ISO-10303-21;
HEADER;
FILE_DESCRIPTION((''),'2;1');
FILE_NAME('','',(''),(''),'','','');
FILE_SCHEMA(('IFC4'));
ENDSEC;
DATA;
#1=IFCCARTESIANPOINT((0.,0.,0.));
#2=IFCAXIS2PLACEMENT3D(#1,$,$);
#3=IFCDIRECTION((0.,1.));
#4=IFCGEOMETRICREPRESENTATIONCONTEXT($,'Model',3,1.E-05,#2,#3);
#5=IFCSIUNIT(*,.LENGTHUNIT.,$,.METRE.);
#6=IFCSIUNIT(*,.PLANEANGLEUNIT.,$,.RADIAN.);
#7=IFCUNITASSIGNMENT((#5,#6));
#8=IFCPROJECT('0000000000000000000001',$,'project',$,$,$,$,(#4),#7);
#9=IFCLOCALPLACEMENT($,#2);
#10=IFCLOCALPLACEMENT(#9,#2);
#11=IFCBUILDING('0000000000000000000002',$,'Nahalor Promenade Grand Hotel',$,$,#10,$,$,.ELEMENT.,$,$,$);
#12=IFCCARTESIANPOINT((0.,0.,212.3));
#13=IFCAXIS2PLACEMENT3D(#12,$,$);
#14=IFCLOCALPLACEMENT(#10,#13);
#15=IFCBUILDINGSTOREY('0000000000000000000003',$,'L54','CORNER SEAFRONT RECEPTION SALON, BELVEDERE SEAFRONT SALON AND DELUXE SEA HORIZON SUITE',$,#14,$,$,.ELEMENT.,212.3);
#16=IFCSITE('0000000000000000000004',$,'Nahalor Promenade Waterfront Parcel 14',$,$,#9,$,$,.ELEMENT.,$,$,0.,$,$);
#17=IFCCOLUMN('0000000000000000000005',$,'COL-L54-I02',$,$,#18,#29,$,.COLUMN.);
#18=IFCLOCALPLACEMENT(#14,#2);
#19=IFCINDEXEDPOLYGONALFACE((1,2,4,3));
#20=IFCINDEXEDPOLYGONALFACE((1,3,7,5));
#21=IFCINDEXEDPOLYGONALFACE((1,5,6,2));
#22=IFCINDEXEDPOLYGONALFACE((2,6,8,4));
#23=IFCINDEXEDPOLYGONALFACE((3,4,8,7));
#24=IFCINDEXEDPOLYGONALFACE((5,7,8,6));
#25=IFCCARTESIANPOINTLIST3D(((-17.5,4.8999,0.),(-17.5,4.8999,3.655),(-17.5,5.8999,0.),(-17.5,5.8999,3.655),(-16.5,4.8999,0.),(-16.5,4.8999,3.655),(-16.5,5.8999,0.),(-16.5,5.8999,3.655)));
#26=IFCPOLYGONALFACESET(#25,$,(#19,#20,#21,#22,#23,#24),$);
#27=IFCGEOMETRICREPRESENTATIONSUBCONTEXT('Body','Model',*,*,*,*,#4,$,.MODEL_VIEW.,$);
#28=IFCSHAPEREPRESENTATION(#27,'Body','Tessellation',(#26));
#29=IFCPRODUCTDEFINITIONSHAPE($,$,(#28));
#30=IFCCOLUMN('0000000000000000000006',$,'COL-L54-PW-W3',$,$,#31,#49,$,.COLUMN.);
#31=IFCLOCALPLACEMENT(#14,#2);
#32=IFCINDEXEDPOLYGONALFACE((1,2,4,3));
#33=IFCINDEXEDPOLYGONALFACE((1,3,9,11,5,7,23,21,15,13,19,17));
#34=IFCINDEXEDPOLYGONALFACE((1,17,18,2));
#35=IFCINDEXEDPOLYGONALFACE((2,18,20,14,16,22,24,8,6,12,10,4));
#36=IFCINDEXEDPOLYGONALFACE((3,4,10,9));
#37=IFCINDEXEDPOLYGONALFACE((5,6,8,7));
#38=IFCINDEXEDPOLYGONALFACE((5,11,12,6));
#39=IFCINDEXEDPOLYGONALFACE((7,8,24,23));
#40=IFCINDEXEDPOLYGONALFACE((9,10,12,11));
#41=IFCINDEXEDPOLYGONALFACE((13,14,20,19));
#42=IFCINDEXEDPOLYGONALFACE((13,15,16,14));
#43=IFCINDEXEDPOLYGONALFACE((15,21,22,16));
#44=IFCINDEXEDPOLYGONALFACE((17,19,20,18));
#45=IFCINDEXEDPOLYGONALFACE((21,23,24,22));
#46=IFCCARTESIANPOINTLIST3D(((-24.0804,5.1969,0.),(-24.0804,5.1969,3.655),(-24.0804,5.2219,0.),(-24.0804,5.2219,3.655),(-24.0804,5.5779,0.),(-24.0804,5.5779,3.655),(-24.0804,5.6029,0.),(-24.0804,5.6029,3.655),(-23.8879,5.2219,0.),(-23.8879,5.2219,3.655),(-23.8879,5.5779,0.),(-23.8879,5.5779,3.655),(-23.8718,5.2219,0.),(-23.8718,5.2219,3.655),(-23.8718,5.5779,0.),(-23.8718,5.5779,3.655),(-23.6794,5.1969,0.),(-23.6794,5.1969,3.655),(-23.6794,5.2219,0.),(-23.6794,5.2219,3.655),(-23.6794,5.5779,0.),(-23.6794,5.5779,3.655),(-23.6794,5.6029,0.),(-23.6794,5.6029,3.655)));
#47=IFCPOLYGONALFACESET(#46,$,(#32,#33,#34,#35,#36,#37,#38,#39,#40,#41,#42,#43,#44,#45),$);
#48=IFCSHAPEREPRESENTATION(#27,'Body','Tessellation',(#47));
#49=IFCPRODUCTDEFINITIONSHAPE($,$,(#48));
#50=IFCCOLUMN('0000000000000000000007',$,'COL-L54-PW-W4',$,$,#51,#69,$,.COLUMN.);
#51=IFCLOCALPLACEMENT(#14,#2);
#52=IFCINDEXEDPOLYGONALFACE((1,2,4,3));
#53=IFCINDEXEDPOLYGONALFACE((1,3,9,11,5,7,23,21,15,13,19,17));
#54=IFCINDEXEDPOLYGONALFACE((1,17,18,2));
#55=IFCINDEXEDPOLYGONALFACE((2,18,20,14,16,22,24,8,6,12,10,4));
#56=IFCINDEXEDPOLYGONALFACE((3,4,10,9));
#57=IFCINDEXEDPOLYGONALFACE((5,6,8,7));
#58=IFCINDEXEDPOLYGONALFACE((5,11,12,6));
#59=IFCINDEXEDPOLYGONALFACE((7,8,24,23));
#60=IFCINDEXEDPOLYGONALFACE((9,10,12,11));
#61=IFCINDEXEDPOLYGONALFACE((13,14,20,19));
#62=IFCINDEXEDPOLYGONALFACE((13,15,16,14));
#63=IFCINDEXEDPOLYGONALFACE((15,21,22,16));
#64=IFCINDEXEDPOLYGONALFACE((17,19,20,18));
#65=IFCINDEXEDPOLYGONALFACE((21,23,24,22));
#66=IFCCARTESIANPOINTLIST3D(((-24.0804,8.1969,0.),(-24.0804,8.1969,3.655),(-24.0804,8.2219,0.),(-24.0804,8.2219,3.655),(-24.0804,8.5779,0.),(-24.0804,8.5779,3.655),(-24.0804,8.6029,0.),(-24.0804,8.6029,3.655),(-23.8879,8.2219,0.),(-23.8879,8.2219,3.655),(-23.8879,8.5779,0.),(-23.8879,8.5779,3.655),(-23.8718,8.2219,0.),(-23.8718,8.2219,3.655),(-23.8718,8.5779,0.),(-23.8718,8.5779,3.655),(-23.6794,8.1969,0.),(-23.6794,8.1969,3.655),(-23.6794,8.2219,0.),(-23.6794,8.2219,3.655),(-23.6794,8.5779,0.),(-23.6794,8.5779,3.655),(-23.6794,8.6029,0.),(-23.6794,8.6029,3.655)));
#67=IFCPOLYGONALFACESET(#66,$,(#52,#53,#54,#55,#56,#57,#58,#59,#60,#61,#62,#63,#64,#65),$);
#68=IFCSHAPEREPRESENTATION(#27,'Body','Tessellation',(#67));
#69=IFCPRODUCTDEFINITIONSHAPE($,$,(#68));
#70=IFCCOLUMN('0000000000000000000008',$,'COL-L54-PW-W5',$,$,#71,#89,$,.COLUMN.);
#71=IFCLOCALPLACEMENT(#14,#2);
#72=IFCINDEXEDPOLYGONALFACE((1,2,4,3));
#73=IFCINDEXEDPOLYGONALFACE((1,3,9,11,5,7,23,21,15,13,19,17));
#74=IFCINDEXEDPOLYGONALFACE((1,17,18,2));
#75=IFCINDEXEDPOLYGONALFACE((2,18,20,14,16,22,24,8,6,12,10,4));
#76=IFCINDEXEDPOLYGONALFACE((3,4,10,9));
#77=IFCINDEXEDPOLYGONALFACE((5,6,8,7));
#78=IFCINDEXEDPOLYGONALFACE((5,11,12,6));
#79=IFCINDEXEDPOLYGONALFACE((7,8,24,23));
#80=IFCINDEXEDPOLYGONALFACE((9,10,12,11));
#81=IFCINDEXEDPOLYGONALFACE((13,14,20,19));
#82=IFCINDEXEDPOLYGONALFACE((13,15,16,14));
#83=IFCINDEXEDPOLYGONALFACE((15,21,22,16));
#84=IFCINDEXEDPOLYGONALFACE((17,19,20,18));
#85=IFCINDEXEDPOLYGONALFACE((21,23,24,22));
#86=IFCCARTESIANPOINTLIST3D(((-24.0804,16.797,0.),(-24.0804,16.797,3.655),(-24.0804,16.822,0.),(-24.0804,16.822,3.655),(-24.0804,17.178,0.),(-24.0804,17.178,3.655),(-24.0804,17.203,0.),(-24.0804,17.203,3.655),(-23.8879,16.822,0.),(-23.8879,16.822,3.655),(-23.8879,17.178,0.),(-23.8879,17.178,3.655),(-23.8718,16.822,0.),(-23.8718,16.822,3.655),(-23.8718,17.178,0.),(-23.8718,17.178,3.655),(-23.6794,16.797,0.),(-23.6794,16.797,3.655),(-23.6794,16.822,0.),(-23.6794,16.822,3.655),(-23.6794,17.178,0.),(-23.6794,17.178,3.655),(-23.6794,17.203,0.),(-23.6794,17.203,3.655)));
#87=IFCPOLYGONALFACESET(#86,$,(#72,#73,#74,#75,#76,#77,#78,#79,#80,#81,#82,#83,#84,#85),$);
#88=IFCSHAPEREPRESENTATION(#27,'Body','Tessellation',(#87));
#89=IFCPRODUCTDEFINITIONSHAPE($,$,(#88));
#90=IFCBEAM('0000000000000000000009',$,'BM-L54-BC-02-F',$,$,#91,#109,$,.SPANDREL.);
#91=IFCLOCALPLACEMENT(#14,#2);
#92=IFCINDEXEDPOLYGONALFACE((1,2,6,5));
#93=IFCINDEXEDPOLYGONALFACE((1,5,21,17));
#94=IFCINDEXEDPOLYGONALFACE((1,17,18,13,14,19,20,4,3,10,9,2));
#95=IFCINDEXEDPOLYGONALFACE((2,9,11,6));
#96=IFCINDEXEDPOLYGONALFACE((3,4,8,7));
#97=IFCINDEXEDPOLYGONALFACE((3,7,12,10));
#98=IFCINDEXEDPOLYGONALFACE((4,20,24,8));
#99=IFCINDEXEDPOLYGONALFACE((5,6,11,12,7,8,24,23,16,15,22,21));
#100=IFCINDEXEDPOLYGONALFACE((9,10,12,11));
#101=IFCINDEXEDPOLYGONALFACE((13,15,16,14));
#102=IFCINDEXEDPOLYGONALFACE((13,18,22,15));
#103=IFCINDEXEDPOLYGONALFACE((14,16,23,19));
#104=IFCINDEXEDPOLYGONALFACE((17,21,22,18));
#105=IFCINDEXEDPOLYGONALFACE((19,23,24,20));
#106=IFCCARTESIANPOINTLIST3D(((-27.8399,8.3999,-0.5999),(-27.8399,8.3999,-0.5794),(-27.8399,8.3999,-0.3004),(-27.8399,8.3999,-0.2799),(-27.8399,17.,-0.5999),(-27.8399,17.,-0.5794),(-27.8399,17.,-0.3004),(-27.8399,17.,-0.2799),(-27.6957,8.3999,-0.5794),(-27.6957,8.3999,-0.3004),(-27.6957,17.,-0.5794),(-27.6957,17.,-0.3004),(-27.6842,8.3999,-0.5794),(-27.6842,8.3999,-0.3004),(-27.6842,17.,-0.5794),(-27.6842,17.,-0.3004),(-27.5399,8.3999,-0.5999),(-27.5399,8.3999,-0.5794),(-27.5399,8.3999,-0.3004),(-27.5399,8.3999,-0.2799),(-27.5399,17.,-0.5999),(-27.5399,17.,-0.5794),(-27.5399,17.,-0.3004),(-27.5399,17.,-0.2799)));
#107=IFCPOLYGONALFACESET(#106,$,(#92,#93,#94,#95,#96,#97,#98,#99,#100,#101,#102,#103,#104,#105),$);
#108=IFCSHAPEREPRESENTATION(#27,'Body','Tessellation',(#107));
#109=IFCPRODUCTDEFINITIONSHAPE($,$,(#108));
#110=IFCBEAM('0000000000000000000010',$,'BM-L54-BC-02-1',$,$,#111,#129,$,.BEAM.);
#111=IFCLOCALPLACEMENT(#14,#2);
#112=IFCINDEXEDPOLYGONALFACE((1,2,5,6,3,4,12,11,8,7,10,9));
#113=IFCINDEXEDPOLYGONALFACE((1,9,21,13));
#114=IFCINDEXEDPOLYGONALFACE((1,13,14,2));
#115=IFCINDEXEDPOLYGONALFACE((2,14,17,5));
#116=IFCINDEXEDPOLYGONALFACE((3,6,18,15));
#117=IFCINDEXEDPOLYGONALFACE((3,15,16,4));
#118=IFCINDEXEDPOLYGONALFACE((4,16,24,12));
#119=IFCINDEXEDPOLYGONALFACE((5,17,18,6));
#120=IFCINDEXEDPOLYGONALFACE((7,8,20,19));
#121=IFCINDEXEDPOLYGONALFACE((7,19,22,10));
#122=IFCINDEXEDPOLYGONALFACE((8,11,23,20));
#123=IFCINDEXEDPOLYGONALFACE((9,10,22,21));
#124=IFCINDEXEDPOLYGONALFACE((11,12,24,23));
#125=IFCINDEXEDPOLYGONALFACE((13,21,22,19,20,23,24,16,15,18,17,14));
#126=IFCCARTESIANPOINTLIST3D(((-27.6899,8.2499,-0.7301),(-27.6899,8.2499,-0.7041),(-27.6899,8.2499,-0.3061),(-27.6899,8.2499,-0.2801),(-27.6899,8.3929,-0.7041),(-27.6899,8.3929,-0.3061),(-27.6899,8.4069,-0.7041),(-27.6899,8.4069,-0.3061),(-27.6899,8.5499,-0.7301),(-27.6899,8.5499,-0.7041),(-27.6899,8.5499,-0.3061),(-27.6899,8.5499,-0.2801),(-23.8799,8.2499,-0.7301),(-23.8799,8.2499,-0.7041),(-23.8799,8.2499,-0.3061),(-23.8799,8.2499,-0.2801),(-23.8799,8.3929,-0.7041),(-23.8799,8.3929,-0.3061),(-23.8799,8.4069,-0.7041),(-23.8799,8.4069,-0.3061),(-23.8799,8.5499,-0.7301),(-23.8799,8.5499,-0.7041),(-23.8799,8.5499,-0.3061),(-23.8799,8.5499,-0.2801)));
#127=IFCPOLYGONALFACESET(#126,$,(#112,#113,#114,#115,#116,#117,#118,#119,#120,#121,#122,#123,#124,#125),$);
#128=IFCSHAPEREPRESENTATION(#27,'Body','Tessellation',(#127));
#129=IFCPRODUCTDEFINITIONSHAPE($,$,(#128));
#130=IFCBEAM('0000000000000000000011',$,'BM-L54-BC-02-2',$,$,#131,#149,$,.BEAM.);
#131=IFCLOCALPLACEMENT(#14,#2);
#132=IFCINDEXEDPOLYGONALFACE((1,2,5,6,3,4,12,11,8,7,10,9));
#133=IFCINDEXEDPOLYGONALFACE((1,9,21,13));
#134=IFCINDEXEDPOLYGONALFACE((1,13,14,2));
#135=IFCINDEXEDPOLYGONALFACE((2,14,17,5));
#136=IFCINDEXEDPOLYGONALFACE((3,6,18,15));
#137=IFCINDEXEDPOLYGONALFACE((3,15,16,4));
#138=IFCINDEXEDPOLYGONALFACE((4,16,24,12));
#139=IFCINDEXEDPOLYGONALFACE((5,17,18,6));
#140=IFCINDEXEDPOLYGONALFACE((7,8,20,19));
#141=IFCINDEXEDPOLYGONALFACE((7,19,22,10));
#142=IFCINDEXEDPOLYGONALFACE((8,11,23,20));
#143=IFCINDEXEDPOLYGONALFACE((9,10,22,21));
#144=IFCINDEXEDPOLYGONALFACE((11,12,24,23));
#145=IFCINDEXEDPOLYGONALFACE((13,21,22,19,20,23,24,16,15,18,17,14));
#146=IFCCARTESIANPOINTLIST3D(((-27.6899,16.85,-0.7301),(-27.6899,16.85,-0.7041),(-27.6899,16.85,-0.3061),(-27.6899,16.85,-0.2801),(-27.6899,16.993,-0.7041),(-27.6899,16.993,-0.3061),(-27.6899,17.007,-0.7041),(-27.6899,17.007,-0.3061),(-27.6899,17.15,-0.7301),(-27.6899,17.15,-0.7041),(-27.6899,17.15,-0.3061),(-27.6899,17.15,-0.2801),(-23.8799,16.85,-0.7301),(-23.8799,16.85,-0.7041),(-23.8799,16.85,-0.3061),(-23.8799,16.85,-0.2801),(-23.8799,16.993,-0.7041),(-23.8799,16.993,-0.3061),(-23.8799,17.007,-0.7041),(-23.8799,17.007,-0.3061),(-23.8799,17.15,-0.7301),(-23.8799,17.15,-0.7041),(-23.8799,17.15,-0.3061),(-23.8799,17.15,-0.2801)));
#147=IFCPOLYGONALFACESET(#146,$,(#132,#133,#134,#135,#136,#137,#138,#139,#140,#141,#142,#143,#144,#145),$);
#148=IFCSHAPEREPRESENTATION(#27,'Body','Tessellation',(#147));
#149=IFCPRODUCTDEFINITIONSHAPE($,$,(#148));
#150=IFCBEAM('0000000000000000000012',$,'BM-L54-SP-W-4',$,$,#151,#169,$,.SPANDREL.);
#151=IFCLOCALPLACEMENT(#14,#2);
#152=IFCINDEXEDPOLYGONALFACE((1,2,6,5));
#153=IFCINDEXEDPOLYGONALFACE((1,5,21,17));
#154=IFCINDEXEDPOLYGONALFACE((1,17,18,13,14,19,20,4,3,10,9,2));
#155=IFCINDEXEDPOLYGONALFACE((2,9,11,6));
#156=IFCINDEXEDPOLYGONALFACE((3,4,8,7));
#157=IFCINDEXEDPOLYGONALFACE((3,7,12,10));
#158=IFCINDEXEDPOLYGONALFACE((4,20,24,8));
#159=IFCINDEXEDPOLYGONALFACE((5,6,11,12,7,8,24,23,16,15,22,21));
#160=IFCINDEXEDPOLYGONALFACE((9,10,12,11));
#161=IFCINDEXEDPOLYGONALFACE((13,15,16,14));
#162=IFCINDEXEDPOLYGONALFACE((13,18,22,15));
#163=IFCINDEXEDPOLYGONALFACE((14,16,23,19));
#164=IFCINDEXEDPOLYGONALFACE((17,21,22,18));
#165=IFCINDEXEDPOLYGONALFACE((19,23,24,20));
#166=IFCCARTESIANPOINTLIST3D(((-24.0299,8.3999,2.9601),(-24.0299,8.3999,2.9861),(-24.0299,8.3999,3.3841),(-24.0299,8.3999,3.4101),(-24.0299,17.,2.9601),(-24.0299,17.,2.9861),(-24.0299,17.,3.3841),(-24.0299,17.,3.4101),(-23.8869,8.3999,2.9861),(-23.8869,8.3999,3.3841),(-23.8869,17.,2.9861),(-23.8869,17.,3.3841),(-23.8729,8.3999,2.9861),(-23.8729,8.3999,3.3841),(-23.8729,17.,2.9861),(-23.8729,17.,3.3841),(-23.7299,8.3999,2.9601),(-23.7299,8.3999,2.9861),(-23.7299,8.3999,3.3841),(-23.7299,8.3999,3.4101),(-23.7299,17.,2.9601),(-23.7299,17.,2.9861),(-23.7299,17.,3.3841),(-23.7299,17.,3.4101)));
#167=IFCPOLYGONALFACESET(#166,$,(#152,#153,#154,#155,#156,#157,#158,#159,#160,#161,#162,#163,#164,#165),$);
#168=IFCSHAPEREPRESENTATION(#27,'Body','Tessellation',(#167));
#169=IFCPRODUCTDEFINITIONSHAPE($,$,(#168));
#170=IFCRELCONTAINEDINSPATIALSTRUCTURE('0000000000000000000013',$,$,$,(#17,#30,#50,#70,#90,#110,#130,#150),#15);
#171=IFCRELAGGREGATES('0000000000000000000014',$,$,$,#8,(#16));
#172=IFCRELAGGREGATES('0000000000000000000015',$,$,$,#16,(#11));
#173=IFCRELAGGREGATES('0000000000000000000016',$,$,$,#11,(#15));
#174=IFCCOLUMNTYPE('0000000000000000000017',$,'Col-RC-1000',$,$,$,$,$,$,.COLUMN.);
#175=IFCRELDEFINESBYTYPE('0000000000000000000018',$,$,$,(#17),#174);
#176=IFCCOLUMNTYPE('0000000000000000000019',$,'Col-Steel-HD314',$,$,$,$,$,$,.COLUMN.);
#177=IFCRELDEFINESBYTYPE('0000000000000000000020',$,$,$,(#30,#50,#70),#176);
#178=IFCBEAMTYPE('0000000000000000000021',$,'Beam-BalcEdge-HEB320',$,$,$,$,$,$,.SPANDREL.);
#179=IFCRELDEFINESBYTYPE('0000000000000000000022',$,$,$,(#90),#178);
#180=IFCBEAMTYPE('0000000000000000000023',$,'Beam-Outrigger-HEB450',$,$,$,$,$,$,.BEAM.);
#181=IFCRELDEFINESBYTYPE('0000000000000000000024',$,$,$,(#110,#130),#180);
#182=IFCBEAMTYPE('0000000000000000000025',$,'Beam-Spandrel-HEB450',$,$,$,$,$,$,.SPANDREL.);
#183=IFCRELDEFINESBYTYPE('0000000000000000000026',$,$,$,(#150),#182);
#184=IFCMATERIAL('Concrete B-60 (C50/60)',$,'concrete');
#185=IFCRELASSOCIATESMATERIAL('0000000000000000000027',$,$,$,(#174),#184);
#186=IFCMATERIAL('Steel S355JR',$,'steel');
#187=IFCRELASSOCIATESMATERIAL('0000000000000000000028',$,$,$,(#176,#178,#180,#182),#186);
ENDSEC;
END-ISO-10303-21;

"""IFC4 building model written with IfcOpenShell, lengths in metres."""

from ifc_helpers import new_model, si_unit, direction, frame, origin, origin_2d, place, context, subcontext, project, spatial, rectangle, i_section, extrude, source, transform, mapped, material, material_profile, profile_set, type_object, element, save


model = new_model("IFC4")

# Units and contexts
model_context = context("Model", 3, precision=1e-05, world=origin(), true_north=direction((0.0, 1.0)))
body_context = subcontext(model_context, "Body", "Model", "MODEL_VIEW")
ifc_project = project(units=[si_unit("LENGTHUNIT", "METRE"), si_unit("PLANEANGLEUNIT", "RADIAN")], contexts=[model_context])

# Site, building, storey
site_placement = place(None, origin())
site = spatial("IfcSite", under=ifc_project, at=site_placement, Name="Nahalor Promenade Waterfront Parcel 14", CompositionType="ELEMENT", RefElevation=0.0)
building_placement = place(site_placement, origin())
building = spatial("IfcBuilding", under=site, at=building_placement, Name="Nahalor Promenade Grand Hotel", CompositionType="ELEMENT")
storey_placement = place(building_placement, frame((0.0, 0.0, 212.3)))
storey = spatial("IfcBuildingStorey", under=building, at=storey_placement, Name="L54", Description="CORNER SEAFRONT RECEPTION SALON, BELVEDERE SEAFRONT SALON AND DELUXE SEA HORIZON SUITE", CompositionType="ELEMENT", Elevation=212.3)

# Columns
ifc_material_1 = material(Name="Concrete B-60 (C50/60)", Category="concrete")
ifc_material_profile_1 = material_profile(ifc_material_1, rectangle(XDim=1.0, YDim=1.0, at=origin_2d()), Name="RC 1000x1000")
ifc_profile_set_1 = profile_set([ifc_material_profile_1], Name="Concrete B-60 (C50/60)")
column_type_1 = type_object("IfcColumnType", Name="Col-RC-1000", PredefinedType="COLUMN", material=ifc_profile_set_1)
shared_shape_1 = source(origin(), body_context, "Body", "SweptSolid", [
    extrude(rectangle(XDim=1.0, YDim=1.0, at=origin_2d()), origin(), (0.0, 0.0, 1.0), 3.655),
])
column_placement = place(storey_placement, frame((-17.0, 5.3999, 0.0), z_axis=(0.0, 0.0, 1.0), x_axis=(1.0, 0.0, 0.0)))
element("IfcColumn", 1, at=column_placement, inside=storey, type_object=column_type_1, Name="COL-L54-I02", PredefinedType="COLUMN", context=body_context, shape_type="MappedRepresentation", body=[
    mapped(shared_shape_1, transform((0.0, 0.0, 0.0), scale=1.0)),
])
ifc_material_2 = material(Name="Steel S355JR", Category="steel")
ifc_material_profile_2 = material_profile(ifc_material_2, i_section(OverallWidth=0.401, OverallDepth=0.406, WebThickness=0.0161, FlangeThickness=0.025, at=origin_2d()), Name="HD 400x314")
ifc_profile_set_2 = profile_set([ifc_material_profile_2], Name="Steel S355JR")
column_type_2 = type_object("IfcColumnType", Name="Col-Steel-HD314", PredefinedType="COLUMN", material=ifc_profile_set_2)
shared_shape_2 = source(origin(), body_context, "Body", "SweptSolid", [
    extrude(i_section(OverallWidth=0.401, OverallDepth=0.406, WebThickness=0.0161, FlangeThickness=0.025, at=origin_2d()), origin(), (0.0, 0.0, 1.0), 3.655),
])
for number, where, z_axis, x_axis, name in (
    (2, (-23.8799, 5.3999, 0.0), (0.0, 0.0, 1.0), (1.0, 0.0, 0.0), "COL-L54-PW-W3"),
    (3, (-23.8799, 8.3999, 0.0), (0.0, 0.0, 1.0), (1.0, 0.0, 0.0), "COL-L54-PW-W4"),
    (4, (-23.8799, 17.0, 0.0), (0.0, 0.0, 1.0), (1.0, 0.0, 0.0), "COL-L54-PW-W5"),
):
    element("IfcColumn", number, at=place(storey_placement, frame(where, z_axis=z_axis, x_axis=x_axis)), inside=storey, type_object=column_type_2, Name=name, PredefinedType="COLUMN", context=body_context, shape_type="MappedRepresentation", body=[
        mapped(shared_shape_2, transform((0.0, 0.0, 0.0), scale=1.0)),
    ])

# Beams
ifc_material_profile_3 = material_profile(ifc_material_2, i_section(OverallWidth=0.3, OverallDepth=0.32, WebThickness=0.0115, FlangeThickness=0.0205, at=origin_2d()), Name="HEB 320")
ifc_profile_set_3 = profile_set([ifc_material_profile_3], Name="Steel S355JR")
beam_type_1 = type_object("IfcBeamType", Name="Beam-BalcEdge-HEB320", PredefinedType="SPANDREL", material=ifc_profile_set_3)
shared_shape_3 = source(origin(), body_context, "Body", "SweptSolid", [
    extrude(i_section(OverallWidth=0.3, OverallDepth=0.32, WebThickness=0.0115, FlangeThickness=0.0205, at=origin_2d()), origin(), (0.0, 0.0, 1.0), 8.6001),
])
beam_1_placement = place(storey_placement, frame((-27.6899, 8.3999, -0.4399), z_axis=(0.0, 1.0, 0.0), x_axis=(-1.0, 0.0, 0.0)))
element("IfcBeam", 5, at=beam_1_placement, inside=storey, type_object=beam_type_1, Name="BM-L54-BC-02-F", PredefinedType="SPANDREL", context=body_context, shape_type="MappedRepresentation", body=[
    mapped(shared_shape_3, transform((0.0, 0.0, 0.0), scale=1.0)),
])
ifc_material_profile_4 = material_profile(ifc_material_2, i_section(OverallWidth=0.3, OverallDepth=0.45, WebThickness=0.014, FlangeThickness=0.026, at=origin_2d()), Name="HEB 450")
ifc_profile_set_4 = profile_set([ifc_material_profile_4], Name="Steel S355JR")
beam_type_2 = type_object("IfcBeamType", Name="Beam-Outrigger-HEB450", PredefinedType="BEAM", material=ifc_profile_set_4)
shared_shape_4 = source(origin(), body_context, "Body", "SweptSolid", [
    extrude(i_section(OverallWidth=0.3, OverallDepth=0.45, WebThickness=0.014, FlangeThickness=0.026, at=origin_2d()), origin(), (0.0, 0.0, 1.0), 3.8101),
])
for number, where, z_axis, x_axis, name in (
    (6, (-27.6899, 8.3999, -0.5051), (1.0, 0.0, 0.0), (0.0, 1.0, 0.0), "BM-L54-BC-02-1"),
    (7, (-27.6899, 17.0, -0.5051), (1.0, 0.0, 0.0), (0.0, 1.0, 0.0), "BM-L54-BC-02-2"),
):
    element("IfcBeam", number, at=place(storey_placement, frame(where, z_axis=z_axis, x_axis=x_axis)), inside=storey, type_object=beam_type_2, Name=name, PredefinedType="BEAM", context=body_context, shape_type="MappedRepresentation", body=[
        mapped(shared_shape_4, transform((0.0, 0.0, 0.0), scale=1.0)),
    ])
ifc_material_profile_5 = material_profile(ifc_material_2, i_section(OverallWidth=0.3, OverallDepth=0.45, WebThickness=0.014, FlangeThickness=0.026, at=origin_2d()), Name="HEB 450")
ifc_profile_set_5 = profile_set([ifc_material_profile_5], Name="Steel S355JR")
beam_type_3 = type_object("IfcBeamType", Name="Beam-Spandrel-HEB450", PredefinedType="SPANDREL", material=ifc_profile_set_5)
shared_shape_5 = source(origin(), body_context, "Body", "SweptSolid", [
    extrude(i_section(OverallWidth=0.3, OverallDepth=0.45, WebThickness=0.014, FlangeThickness=0.026, at=origin_2d()), origin(), (0.0, 0.0, 1.0), 8.6001),
])
beam_2_placement = place(storey_placement, frame((-23.8799, 8.3999, 3.1851), z_axis=(0.0, 1.0, 0.0), x_axis=(-1.0, 0.0, 0.0)))
element("IfcBeam", 8, at=beam_2_placement, inside=storey, type_object=beam_type_3, Name="BM-L54-SP-W-4", PredefinedType="SPANDREL", context=body_context, shape_type="MappedRepresentation", body=[
    mapped(shared_shape_5, transform((0.0, 0.0, 0.0), scale=1.0)),
])

save(model, "model.ifc")
